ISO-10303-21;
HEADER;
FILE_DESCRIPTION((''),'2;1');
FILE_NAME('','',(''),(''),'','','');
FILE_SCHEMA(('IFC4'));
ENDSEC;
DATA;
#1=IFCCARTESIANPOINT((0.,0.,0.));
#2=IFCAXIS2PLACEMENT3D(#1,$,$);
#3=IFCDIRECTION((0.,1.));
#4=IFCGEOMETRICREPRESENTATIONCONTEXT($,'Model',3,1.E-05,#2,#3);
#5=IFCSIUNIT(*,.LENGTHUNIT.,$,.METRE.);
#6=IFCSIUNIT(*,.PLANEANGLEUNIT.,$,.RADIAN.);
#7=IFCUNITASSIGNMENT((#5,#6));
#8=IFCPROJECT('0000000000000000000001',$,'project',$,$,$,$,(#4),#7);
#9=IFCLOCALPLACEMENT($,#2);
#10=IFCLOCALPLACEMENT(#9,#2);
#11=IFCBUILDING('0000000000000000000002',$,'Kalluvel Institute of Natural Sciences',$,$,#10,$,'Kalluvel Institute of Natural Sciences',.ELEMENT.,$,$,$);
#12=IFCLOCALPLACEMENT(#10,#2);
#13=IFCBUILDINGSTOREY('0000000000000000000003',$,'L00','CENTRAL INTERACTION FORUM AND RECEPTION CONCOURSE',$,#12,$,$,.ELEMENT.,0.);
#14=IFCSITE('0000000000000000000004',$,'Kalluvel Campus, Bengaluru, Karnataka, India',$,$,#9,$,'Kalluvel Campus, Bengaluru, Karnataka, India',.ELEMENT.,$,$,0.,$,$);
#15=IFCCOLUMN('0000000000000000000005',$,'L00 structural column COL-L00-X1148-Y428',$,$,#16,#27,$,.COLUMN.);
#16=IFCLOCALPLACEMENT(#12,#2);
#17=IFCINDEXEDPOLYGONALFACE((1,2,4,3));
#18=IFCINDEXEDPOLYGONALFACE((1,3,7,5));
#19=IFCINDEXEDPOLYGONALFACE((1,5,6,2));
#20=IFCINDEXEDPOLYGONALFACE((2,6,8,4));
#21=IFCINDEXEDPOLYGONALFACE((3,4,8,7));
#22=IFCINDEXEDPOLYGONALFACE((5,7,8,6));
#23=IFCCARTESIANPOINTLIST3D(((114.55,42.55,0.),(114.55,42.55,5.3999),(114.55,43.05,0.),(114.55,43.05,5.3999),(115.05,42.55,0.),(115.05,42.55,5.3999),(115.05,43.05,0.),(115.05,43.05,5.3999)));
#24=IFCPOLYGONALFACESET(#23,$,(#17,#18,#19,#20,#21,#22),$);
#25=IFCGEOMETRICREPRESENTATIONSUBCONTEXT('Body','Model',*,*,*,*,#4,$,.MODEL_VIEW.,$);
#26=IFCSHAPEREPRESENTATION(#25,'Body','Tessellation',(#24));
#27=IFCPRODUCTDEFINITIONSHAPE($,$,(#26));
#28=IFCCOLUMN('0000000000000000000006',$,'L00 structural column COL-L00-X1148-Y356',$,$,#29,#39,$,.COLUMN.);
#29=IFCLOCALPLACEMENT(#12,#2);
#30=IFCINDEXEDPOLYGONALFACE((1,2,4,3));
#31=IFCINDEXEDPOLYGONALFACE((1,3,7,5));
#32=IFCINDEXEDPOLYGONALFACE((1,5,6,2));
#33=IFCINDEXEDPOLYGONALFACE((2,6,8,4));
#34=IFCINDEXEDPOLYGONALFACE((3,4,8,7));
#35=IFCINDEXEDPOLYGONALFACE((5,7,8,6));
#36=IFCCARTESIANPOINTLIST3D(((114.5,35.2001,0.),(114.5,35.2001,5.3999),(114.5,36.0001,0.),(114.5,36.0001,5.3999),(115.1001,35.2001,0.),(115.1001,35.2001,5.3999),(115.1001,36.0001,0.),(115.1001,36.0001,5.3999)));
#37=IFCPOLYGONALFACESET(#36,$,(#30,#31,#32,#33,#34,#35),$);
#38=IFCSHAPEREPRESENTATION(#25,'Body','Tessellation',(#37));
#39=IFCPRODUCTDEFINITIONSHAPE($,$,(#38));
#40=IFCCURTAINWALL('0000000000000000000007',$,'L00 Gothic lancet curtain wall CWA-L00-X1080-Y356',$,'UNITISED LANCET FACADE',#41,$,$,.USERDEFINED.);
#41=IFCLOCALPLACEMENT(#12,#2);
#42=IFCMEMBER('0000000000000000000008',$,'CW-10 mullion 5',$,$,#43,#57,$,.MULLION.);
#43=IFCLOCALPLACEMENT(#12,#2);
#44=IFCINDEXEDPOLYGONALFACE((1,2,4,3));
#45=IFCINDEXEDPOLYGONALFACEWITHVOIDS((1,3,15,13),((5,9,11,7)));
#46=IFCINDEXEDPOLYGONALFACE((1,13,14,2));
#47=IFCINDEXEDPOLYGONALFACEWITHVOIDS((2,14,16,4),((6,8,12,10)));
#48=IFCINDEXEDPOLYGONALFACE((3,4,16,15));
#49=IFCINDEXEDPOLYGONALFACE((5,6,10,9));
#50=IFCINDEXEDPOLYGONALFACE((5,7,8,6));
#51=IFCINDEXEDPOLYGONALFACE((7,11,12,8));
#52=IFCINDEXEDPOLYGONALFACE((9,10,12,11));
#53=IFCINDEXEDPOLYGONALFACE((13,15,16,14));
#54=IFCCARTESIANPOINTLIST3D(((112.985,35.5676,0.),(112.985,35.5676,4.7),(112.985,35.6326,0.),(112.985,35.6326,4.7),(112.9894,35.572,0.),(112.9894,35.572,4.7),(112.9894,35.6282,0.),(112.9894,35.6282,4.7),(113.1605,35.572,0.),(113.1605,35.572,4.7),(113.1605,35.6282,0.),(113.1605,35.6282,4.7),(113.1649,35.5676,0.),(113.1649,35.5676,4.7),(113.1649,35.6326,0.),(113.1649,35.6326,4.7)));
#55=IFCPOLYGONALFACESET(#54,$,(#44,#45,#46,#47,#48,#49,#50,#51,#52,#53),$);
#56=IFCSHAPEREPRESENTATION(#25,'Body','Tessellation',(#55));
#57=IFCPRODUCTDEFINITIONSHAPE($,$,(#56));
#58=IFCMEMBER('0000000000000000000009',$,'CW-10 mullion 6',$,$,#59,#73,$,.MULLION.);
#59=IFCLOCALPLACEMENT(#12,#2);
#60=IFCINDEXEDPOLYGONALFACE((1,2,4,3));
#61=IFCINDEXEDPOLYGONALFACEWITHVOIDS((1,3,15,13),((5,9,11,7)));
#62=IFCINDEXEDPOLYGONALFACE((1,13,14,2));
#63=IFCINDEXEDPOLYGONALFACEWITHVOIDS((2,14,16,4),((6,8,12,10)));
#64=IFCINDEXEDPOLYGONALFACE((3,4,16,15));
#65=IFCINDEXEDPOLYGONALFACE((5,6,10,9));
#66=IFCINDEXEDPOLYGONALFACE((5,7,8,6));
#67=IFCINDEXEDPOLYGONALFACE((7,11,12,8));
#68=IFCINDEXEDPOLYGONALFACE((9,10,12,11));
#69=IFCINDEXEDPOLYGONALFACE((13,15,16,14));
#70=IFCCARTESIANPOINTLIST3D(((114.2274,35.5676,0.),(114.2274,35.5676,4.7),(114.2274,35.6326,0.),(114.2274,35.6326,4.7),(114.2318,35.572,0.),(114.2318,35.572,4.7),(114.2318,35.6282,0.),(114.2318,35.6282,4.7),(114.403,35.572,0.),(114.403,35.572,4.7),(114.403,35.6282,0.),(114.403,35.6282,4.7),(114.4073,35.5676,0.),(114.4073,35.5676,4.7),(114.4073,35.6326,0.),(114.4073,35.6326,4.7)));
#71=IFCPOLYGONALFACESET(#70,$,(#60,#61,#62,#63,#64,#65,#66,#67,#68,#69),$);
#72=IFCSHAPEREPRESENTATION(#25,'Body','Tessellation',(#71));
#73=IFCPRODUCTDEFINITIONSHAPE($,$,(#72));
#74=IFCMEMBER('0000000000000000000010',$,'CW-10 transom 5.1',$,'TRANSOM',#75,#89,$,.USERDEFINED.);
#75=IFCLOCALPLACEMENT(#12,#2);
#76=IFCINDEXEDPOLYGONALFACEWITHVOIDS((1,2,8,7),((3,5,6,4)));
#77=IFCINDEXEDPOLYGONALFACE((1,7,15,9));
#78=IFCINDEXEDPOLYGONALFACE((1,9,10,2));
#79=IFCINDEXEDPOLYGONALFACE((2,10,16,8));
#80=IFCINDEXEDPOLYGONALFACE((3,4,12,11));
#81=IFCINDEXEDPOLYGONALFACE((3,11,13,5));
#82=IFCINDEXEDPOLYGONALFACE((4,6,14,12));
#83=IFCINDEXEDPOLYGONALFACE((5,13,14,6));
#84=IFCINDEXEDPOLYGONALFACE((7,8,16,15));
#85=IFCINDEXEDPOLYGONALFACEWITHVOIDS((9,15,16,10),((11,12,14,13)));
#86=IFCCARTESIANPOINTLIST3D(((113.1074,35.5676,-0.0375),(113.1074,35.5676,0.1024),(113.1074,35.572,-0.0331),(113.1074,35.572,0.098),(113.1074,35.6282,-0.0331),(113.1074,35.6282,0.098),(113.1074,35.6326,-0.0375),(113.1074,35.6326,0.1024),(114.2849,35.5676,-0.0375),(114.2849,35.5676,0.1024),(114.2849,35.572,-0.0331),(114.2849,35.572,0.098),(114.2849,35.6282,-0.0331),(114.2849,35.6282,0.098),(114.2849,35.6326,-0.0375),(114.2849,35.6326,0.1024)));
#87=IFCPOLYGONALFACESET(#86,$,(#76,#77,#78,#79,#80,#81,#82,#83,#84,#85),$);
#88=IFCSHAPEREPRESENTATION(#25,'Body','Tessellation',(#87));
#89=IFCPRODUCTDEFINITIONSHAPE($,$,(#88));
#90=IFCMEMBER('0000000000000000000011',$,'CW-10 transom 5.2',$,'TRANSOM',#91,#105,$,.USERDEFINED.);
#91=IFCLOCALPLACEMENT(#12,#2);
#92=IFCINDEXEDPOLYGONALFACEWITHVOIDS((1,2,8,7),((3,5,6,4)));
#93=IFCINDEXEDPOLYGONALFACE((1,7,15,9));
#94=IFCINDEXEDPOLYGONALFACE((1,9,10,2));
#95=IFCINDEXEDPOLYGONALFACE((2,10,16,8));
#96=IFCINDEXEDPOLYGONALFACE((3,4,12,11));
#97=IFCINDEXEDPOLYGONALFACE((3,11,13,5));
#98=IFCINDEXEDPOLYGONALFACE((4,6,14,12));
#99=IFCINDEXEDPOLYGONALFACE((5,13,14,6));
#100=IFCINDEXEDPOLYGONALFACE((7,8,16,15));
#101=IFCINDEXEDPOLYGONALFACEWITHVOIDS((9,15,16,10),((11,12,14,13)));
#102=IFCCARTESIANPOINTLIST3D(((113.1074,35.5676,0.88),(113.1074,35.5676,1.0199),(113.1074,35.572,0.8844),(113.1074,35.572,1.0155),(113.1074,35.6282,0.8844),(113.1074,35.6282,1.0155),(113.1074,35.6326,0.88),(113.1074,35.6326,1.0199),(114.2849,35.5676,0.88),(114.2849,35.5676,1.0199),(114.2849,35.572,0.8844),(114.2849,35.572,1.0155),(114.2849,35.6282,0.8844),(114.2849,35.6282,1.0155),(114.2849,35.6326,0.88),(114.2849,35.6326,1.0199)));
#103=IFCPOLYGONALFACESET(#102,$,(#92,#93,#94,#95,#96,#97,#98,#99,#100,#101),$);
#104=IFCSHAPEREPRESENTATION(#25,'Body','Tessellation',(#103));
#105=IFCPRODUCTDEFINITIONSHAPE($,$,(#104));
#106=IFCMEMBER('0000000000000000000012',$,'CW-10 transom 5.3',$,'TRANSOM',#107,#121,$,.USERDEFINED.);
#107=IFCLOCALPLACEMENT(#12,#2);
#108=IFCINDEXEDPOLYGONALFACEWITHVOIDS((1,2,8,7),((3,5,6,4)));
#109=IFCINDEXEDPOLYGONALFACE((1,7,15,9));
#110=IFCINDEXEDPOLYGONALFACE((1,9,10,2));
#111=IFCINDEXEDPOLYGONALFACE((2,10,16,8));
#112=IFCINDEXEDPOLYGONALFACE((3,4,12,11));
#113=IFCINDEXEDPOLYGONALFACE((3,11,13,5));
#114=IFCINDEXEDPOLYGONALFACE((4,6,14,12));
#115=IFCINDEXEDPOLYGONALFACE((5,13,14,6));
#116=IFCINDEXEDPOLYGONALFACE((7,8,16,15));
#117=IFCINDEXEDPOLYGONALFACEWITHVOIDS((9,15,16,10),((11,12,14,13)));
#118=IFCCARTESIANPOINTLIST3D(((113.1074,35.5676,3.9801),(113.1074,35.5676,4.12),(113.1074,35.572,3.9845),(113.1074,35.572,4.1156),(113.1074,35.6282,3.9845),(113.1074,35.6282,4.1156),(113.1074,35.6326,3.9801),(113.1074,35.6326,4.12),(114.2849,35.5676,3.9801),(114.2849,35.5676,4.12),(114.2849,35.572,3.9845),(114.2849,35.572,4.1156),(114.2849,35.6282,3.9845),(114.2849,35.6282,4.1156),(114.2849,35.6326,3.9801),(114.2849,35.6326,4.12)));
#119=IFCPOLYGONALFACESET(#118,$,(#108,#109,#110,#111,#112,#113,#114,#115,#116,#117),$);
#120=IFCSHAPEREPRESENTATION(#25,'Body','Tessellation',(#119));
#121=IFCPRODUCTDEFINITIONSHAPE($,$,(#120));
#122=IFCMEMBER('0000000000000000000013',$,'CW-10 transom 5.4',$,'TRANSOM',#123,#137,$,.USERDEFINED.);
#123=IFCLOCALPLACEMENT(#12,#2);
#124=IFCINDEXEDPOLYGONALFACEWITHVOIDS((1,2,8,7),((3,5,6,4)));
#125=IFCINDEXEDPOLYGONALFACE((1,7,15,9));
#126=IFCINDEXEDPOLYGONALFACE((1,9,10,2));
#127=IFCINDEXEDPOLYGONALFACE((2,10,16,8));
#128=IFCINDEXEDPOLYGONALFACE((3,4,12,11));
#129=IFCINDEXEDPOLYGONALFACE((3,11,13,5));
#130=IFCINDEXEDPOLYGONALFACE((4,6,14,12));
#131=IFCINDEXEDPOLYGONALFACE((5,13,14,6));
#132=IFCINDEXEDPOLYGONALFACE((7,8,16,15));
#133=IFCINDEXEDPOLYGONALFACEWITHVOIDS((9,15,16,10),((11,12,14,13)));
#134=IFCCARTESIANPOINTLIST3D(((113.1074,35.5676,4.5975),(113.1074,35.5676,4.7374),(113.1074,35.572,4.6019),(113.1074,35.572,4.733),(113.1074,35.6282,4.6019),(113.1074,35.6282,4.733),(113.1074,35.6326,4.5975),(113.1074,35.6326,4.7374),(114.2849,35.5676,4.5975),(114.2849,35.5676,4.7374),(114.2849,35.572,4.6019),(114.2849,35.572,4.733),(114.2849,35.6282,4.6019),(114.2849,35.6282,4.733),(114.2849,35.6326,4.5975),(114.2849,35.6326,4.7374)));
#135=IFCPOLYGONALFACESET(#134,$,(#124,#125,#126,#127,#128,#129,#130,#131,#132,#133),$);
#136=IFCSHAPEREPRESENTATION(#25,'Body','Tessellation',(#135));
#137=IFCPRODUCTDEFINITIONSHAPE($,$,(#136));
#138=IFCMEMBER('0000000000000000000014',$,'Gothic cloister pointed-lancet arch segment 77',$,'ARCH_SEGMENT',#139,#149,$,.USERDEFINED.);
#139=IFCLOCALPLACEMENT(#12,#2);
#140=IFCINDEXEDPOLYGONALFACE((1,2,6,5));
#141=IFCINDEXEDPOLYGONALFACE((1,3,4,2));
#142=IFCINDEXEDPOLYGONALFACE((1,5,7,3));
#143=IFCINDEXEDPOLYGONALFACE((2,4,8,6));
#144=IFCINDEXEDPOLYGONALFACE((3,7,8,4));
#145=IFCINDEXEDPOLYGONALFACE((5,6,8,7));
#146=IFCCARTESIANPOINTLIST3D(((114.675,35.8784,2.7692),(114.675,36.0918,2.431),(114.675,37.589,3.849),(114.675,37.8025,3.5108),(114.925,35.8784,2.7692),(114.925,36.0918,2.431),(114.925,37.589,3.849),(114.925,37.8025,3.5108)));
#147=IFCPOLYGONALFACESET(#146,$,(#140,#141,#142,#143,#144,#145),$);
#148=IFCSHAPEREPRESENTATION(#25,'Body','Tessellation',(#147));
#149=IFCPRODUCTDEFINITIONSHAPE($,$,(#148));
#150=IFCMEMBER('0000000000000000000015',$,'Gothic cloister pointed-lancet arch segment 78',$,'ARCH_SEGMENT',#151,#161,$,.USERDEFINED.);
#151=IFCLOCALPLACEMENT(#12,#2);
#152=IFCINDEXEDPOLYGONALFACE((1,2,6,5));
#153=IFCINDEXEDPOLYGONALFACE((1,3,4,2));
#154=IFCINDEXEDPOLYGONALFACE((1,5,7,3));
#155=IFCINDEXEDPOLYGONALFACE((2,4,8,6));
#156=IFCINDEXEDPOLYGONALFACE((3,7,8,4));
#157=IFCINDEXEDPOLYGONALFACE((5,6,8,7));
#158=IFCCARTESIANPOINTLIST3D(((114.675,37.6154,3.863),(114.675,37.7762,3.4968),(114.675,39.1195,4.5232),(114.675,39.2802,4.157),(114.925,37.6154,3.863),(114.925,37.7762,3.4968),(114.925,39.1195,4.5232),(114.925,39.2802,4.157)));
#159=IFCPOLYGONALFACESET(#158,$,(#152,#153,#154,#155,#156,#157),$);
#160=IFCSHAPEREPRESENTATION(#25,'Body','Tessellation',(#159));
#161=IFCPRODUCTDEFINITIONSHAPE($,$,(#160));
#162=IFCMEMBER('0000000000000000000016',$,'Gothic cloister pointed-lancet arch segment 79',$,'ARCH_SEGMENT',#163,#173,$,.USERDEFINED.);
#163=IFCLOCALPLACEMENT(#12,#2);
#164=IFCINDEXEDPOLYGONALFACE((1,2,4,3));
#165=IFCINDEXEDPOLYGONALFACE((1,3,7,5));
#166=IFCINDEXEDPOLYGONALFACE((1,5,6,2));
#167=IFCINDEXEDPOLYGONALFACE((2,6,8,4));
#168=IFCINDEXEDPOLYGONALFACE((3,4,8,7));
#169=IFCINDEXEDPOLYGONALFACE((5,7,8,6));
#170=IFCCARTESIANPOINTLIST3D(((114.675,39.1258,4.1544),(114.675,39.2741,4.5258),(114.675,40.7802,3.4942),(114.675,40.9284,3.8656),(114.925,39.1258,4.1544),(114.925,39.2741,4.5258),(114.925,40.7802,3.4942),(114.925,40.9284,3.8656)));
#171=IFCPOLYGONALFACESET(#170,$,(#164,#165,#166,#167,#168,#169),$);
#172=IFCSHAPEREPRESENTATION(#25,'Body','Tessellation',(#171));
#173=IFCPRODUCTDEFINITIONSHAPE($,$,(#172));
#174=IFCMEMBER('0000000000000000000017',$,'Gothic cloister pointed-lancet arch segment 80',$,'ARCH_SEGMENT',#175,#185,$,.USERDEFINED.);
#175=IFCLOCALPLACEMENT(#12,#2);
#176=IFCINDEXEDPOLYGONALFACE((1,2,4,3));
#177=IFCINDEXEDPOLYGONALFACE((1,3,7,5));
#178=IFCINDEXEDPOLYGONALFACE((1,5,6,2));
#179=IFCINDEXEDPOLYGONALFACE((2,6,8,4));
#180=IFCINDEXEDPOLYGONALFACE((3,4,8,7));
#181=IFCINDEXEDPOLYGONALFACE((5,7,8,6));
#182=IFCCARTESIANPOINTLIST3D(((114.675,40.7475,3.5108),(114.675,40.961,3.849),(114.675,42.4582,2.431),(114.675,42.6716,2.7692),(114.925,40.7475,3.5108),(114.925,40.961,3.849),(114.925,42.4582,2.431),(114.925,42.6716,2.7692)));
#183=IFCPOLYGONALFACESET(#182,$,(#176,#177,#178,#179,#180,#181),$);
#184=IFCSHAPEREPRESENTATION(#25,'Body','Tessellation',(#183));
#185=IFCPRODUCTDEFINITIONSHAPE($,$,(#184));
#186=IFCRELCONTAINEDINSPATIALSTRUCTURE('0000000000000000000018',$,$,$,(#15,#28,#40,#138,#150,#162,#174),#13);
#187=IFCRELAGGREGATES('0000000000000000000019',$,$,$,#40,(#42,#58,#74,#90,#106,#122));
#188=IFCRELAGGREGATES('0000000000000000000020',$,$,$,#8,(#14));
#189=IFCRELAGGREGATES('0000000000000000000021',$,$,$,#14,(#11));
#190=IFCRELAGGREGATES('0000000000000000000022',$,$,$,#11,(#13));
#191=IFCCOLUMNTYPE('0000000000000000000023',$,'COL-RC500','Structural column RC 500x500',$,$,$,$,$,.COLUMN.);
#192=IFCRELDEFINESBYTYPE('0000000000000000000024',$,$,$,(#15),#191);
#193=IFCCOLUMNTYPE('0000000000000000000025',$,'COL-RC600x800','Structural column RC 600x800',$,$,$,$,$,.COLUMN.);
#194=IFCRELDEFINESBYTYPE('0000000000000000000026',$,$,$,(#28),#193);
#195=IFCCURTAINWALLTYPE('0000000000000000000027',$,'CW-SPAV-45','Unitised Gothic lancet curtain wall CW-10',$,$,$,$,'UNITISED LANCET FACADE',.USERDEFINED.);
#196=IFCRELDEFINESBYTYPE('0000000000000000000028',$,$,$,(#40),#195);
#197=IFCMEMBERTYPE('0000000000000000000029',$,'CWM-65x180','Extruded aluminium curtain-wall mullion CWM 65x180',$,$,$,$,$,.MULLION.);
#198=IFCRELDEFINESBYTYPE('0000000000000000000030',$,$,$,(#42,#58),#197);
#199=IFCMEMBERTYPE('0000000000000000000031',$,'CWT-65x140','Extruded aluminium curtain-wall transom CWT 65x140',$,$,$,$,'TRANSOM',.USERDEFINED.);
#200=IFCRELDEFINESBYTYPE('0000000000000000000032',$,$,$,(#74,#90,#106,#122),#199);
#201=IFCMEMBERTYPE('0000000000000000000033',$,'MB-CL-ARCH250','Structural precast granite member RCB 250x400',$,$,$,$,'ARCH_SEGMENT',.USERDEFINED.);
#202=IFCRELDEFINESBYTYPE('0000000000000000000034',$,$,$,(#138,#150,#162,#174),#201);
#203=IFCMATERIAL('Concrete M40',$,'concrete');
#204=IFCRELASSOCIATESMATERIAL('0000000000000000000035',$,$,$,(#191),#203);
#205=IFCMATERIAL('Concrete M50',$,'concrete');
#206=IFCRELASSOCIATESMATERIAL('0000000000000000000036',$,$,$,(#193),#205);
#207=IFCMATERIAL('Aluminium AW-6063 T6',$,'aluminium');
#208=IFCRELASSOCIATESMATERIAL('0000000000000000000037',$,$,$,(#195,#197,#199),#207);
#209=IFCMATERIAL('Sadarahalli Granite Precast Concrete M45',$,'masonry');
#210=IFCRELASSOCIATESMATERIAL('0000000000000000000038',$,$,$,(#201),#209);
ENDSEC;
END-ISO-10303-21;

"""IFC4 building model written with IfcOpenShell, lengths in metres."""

from ifc_helpers import new_model, si_unit, direction, frame, origin, origin_2d, place, context, subcontext, project, spatial, rectangle, hollow_rectangle, extrude, material, material_profile, profile_set, type_object, element, aggregate, save


model = new_model("IFC4")

# Units and contexts
model_context = context("Model", 3, precision=1e-05, world=origin(), true_north=direction((0.0, 1.0)))
body_context = subcontext(model_context, "Body", "Model", "MODEL_VIEW")
ifc_project = project(units=[si_unit("LENGTHUNIT", "METRE"), si_unit("PLANEANGLEUNIT", "RADIAN")], contexts=[model_context])

# Site, building, storey
site_placement = place(None, origin())
site = spatial("IfcSite", under=ifc_project, at=site_placement, Name="Kalluvel Campus, Bengaluru, Karnataka, India", LongName="Kalluvel Campus, Bengaluru, Karnataka, India", CompositionType="ELEMENT", RefElevation=0.0)
building_placement = place(site_placement, origin())
building = spatial("IfcBuilding", under=site, at=building_placement, Name="Kalluvel Institute of Natural Sciences", LongName="Kalluvel Institute of Natural Sciences", CompositionType="ELEMENT")
storey_placement = place(building_placement, origin())
storey = spatial("IfcBuildingStorey", under=building, at=storey_placement, Name="L00", Description="CENTRAL INTERACTION FORUM AND RECEPTION CONCOURSE", CompositionType="ELEMENT", Elevation=0.0)

# Columns
ifc_material_1 = material(Name="Concrete M40", Category="concrete")
ifc_material_profile_1 = material_profile(ifc_material_1, rectangle(XDim=0.5, YDim=0.5, at=origin_2d()), Name="RC 500x500")
ifc_profile_set_1 = profile_set([ifc_material_profile_1], Name="Concrete M40")
column_type_1 = type_object("IfcColumnType", Name="COL-RC500", Description="Structural column RC 500x500", PredefinedType="COLUMN", material=ifc_profile_set_1)
column_1_placement = place(storey_placement, frame((114.8, 42.8, 0.0), z_axis=(0.0, 0.0, 1.0), x_axis=(1.0, 0.0, 0.0)))
element("IfcColumn", 1, at=column_1_placement, inside=storey, type_object=column_type_1, Name="L00 structural column COL-L00-X1148-Y428", PredefinedType="COLUMN", context=body_context, shape_type="SweptSolid", body=[
    extrude(rectangle(XDim=0.5, YDim=0.5, at=origin_2d()), origin(), (0.0, 0.0, 1.0), 5.3999),
])
ifc_material_2 = material(Name="Concrete M50", Category="concrete")
ifc_material_profile_2 = material_profile(ifc_material_2, rectangle(XDim=0.6001, YDim=0.8, at=origin_2d()), Name="RC 600x800")
ifc_profile_set_2 = profile_set([ifc_material_profile_2], Name="Concrete M50")
column_type_2 = type_object("IfcColumnType", Name="COL-RC600x800", Description="Structural column RC 600x800", PredefinedType="COLUMN", material=ifc_profile_set_2)
column_2_placement = place(storey_placement, frame((114.8, 35.6001, 0.0), z_axis=(0.0, 0.0, 1.0), x_axis=(1.0, 0.0, 0.0)))
element("IfcColumn", 2, at=column_2_placement, inside=storey, type_object=column_type_2, Name="L00 structural column COL-L00-X1148-Y356", PredefinedType="COLUMN", context=body_context, shape_type="SweptSolid", body=[
    extrude(rectangle(XDim=0.6001, YDim=0.8, at=origin_2d()), origin(), (0.0, 0.0, 1.0), 5.3999),
])

# Curtain wall, members
ifc_material_3 = material(Name="Aluminium AW-6063 T6", Category="aluminium")
curtain_wall_type = type_object("IfcCurtainWallType", Name="CW-SPAV-45", Description="Unitised Gothic lancet curtain wall CW-10", ElementType="UNITISED LANCET FACADE", PredefinedType="USERDEFINED", material=ifc_material_3)
curtain_wall_placement = place(storey_placement, origin())
curtain_wall = element("IfcCurtainWall", 3, at=curtain_wall_placement, inside=storey, type_object=curtain_wall_type, Name="L00 Gothic lancet curtain wall CWA-L00-X1080-Y356", ObjectType="UNITISED LANCET FACADE", PredefinedType="USERDEFINED")
ifc_material_profile_3 = material_profile(ifc_material_3, hollow_rectangle(XDim=0.0649, YDim=0.1799, WallThickness=0.0044, at=origin_2d()), Name="CWM 65x180")
ifc_profile_set_3 = profile_set([ifc_material_profile_3], Name="Aluminium AW-6063 T6")
member_type_1 = type_object("IfcMemberType", Name="CWM-65x180", Description="Extruded aluminium curtain-wall mullion CWM 65x180", PredefinedType="MULLION", material=ifc_profile_set_3)
member_1_placement = place(storey_placement, frame((113.075, 35.6001, 0.0), z_axis=(0.0, 0.0, 1.0), x_axis=(0.0, 1.0, 0.0)))
member_1 = element("IfcMember", 4, at=member_1_placement, type_object=member_type_1, Name="CW-10 mullion 5", PredefinedType="MULLION", context=body_context, shape_type="SweptSolid", body=[
    extrude(hollow_rectangle(XDim=0.0649, YDim=0.1799, WallThickness=0.0044, at=origin_2d()), origin(), (0.0, 0.0, 1.0), 4.7),
])
member_2_placement = place(storey_placement, frame((114.3174, 35.6001, 0.0), z_axis=(0.0, 0.0, 1.0), x_axis=(0.0, 1.0, 0.0)))
member_2 = element("IfcMember", 5, at=member_2_placement, type_object=member_type_1, Name="CW-10 mullion 6", PredefinedType="MULLION", context=body_context, shape_type="SweptSolid", body=[
    extrude(hollow_rectangle(XDim=0.0649, YDim=0.1799, WallThickness=0.0044, at=origin_2d()), origin(), (0.0, 0.0, 1.0), 4.7),
])
ifc_material_profile_4 = material_profile(ifc_material_3, hollow_rectangle(XDim=0.0649, YDim=0.1399, WallThickness=0.0044, at=origin_2d()), Name="CWT 65x140")
ifc_profile_set_4 = profile_set([ifc_material_profile_4], Name="Aluminium AW-6063 T6")
member_type_2 = type_object("IfcMemberType", Name="CWT-65x140", Description="Extruded aluminium curtain-wall transom CWT 65x140", ElementType="TRANSOM", PredefinedType="USERDEFINED", material=ifc_profile_set_4)
member_3_placement = place(storey_placement, frame((113.1074, 35.6001, 0.0325), z_axis=(1.0, 0.0, 0.0), x_axis=(0.0, 1.0, 0.0)))
member_3 = element("IfcMember", 6, at=member_3_placement, type_object=member_type_2, Name="CW-10 transom 5.1", ObjectType="TRANSOM", PredefinedType="USERDEFINED", context=body_context, shape_type="SweptSolid", body=[
    extrude(hollow_rectangle(XDim=0.0649, YDim=0.1399, WallThickness=0.0044, at=origin_2d()), origin(), (0.0, 0.0, 1.0), 1.1775),
])
member_4_placement = place(storey_placement, frame((113.1074, 35.6001, 0.95), z_axis=(1.0, 0.0, 0.0), x_axis=(0.0, 1.0, 0.0)))
member_4 = element("IfcMember", 7, at=member_4_placement, type_object=member_type_2, Name="CW-10 transom 5.2", ObjectType="TRANSOM", PredefinedType="USERDEFINED", context=body_context, shape_type="SweptSolid", body=[
    extrude(hollow_rectangle(XDim=0.0649, YDim=0.1399, WallThickness=0.0044, at=origin_2d()), origin(), (0.0, 0.0, 1.0), 1.1775),
])
member_5_placement = place(storey_placement, frame((113.1074, 35.6001, 4.05), z_axis=(1.0, 0.0, 0.0), x_axis=(0.0, 1.0, 0.0)))
member_5 = element("IfcMember", 8, at=member_5_placement, type_object=member_type_2, Name="CW-10 transom 5.3", ObjectType="TRANSOM", PredefinedType="USERDEFINED", context=body_context, shape_type="SweptSolid", body=[
    extrude(hollow_rectangle(XDim=0.0649, YDim=0.1399, WallThickness=0.0044, at=origin_2d()), origin(), (0.0, 0.0, 1.0), 1.1775),
])
member_6_placement = place(storey_placement, frame((113.1074, 35.6001, 4.6675), z_axis=(1.0, 0.0, 0.0), x_axis=(0.0, 1.0, 0.0)))
member_6 = element("IfcMember", 9, at=member_6_placement, type_object=member_type_2, Name="CW-10 transom 5.4", ObjectType="TRANSOM", PredefinedType="USERDEFINED", context=body_context, shape_type="SweptSolid", body=[
    extrude(hollow_rectangle(XDim=0.0649, YDim=0.1399, WallThickness=0.0044, at=origin_2d()), origin(), (0.0, 0.0, 1.0), 1.1775),
])

# Members
ifc_material_4 = material(Name="Sadarahalli Granite Precast Concrete M45", Category="masonry")
ifc_material_profile_5 = material_profile(ifc_material_4, rectangle(XDim=0.25, YDim=0.3999, at=origin_2d()), Name="RCB 250x400")
ifc_profile_set_5 = profile_set([ifc_material_profile_5], Name="Sadarahalli Granite Precast Concrete M45")
member_type_3 = type_object("IfcMemberType", Name="MB-CL-ARCH250", Description="Structural precast granite member RCB 250x400", ElementType="ARCH_SEGMENT", PredefinedType="USERDEFINED", material=ifc_profile_set_5)
member_7_placement = place(storey_placement, frame((114.8, 35.9851, 2.6001), z_axis=(0.0, 0.845624, 0.53378), x_axis=(-1.0, 0.0, 0.0)))
element("IfcMember", 10, at=member_7_placement, inside=storey, type_object=member_type_3, Name="Gothic cloister pointed-lancet arch segment 77", ObjectType="ARCH_SEGMENT", PredefinedType="USERDEFINED", context=body_context, shape_type="SweptSolid", body=[
    extrude(rectangle(XDim=0.25, YDim=0.3999, at=origin_2d()), origin(), (0.0, 0.0, 1.0), 2.0229),
])
member_8_placement = place(storey_placement, frame((114.8, 37.6958, 3.6799), z_axis=(0.0, 0.915689, 0.401887), x_axis=(-1.0, 0.0, 0.0)))
element("IfcMember", 11, at=member_8_placement, inside=storey, type_object=member_type_3, Name="Gothic cloister pointed-lancet arch segment 78", ObjectType="ARCH_SEGMENT", PredefinedType="USERDEFINED", context=body_context, shape_type="SweptSolid", body=[
    extrude(rectangle(XDim=0.25, YDim=0.3999, at=origin_2d()), origin(), (0.0, 0.0, 1.0), 1.6426),
])
member_9_placement = place(storey_placement, frame((114.8, 39.2, 4.3401), z_axis=(0.0, 0.928779, -0.370634), x_axis=(-1.0, 0.0, 0.0)))
element("IfcMember", 12, at=member_9_placement, inside=storey, type_object=member_type_3, Name="Gothic cloister pointed-lancet arch segment 79", ObjectType="ARCH_SEGMENT", PredefinedType="USERDEFINED", context=body_context, shape_type="SweptSolid", body=[
    extrude(rectangle(XDim=0.25, YDim=0.3999, at=origin_2d()), origin(), (0.0, 0.0, 1.0), 1.7812),
])
member_10_placement = place(storey_placement, frame((114.8, 40.8542, 3.6799), z_axis=(0.0, 0.845624, -0.53378), x_axis=(-1.0, 0.0, 0.0)))
element("IfcMember", 13, at=member_10_placement, inside=storey, type_object=member_type_3, Name="Gothic cloister pointed-lancet arch segment 80", ObjectType="ARCH_SEGMENT", PredefinedType="USERDEFINED", context=body_context, shape_type="SweptSolid", body=[
    extrude(rectangle(XDim=0.25, YDim=0.3999, at=origin_2d()), origin(), (0.0, 0.0, 1.0), 2.0229),
])

aggregate(curtain_wall, [member_1, member_2, member_3, member_4, member_5, member_6])

save(model, "model.ifc")
